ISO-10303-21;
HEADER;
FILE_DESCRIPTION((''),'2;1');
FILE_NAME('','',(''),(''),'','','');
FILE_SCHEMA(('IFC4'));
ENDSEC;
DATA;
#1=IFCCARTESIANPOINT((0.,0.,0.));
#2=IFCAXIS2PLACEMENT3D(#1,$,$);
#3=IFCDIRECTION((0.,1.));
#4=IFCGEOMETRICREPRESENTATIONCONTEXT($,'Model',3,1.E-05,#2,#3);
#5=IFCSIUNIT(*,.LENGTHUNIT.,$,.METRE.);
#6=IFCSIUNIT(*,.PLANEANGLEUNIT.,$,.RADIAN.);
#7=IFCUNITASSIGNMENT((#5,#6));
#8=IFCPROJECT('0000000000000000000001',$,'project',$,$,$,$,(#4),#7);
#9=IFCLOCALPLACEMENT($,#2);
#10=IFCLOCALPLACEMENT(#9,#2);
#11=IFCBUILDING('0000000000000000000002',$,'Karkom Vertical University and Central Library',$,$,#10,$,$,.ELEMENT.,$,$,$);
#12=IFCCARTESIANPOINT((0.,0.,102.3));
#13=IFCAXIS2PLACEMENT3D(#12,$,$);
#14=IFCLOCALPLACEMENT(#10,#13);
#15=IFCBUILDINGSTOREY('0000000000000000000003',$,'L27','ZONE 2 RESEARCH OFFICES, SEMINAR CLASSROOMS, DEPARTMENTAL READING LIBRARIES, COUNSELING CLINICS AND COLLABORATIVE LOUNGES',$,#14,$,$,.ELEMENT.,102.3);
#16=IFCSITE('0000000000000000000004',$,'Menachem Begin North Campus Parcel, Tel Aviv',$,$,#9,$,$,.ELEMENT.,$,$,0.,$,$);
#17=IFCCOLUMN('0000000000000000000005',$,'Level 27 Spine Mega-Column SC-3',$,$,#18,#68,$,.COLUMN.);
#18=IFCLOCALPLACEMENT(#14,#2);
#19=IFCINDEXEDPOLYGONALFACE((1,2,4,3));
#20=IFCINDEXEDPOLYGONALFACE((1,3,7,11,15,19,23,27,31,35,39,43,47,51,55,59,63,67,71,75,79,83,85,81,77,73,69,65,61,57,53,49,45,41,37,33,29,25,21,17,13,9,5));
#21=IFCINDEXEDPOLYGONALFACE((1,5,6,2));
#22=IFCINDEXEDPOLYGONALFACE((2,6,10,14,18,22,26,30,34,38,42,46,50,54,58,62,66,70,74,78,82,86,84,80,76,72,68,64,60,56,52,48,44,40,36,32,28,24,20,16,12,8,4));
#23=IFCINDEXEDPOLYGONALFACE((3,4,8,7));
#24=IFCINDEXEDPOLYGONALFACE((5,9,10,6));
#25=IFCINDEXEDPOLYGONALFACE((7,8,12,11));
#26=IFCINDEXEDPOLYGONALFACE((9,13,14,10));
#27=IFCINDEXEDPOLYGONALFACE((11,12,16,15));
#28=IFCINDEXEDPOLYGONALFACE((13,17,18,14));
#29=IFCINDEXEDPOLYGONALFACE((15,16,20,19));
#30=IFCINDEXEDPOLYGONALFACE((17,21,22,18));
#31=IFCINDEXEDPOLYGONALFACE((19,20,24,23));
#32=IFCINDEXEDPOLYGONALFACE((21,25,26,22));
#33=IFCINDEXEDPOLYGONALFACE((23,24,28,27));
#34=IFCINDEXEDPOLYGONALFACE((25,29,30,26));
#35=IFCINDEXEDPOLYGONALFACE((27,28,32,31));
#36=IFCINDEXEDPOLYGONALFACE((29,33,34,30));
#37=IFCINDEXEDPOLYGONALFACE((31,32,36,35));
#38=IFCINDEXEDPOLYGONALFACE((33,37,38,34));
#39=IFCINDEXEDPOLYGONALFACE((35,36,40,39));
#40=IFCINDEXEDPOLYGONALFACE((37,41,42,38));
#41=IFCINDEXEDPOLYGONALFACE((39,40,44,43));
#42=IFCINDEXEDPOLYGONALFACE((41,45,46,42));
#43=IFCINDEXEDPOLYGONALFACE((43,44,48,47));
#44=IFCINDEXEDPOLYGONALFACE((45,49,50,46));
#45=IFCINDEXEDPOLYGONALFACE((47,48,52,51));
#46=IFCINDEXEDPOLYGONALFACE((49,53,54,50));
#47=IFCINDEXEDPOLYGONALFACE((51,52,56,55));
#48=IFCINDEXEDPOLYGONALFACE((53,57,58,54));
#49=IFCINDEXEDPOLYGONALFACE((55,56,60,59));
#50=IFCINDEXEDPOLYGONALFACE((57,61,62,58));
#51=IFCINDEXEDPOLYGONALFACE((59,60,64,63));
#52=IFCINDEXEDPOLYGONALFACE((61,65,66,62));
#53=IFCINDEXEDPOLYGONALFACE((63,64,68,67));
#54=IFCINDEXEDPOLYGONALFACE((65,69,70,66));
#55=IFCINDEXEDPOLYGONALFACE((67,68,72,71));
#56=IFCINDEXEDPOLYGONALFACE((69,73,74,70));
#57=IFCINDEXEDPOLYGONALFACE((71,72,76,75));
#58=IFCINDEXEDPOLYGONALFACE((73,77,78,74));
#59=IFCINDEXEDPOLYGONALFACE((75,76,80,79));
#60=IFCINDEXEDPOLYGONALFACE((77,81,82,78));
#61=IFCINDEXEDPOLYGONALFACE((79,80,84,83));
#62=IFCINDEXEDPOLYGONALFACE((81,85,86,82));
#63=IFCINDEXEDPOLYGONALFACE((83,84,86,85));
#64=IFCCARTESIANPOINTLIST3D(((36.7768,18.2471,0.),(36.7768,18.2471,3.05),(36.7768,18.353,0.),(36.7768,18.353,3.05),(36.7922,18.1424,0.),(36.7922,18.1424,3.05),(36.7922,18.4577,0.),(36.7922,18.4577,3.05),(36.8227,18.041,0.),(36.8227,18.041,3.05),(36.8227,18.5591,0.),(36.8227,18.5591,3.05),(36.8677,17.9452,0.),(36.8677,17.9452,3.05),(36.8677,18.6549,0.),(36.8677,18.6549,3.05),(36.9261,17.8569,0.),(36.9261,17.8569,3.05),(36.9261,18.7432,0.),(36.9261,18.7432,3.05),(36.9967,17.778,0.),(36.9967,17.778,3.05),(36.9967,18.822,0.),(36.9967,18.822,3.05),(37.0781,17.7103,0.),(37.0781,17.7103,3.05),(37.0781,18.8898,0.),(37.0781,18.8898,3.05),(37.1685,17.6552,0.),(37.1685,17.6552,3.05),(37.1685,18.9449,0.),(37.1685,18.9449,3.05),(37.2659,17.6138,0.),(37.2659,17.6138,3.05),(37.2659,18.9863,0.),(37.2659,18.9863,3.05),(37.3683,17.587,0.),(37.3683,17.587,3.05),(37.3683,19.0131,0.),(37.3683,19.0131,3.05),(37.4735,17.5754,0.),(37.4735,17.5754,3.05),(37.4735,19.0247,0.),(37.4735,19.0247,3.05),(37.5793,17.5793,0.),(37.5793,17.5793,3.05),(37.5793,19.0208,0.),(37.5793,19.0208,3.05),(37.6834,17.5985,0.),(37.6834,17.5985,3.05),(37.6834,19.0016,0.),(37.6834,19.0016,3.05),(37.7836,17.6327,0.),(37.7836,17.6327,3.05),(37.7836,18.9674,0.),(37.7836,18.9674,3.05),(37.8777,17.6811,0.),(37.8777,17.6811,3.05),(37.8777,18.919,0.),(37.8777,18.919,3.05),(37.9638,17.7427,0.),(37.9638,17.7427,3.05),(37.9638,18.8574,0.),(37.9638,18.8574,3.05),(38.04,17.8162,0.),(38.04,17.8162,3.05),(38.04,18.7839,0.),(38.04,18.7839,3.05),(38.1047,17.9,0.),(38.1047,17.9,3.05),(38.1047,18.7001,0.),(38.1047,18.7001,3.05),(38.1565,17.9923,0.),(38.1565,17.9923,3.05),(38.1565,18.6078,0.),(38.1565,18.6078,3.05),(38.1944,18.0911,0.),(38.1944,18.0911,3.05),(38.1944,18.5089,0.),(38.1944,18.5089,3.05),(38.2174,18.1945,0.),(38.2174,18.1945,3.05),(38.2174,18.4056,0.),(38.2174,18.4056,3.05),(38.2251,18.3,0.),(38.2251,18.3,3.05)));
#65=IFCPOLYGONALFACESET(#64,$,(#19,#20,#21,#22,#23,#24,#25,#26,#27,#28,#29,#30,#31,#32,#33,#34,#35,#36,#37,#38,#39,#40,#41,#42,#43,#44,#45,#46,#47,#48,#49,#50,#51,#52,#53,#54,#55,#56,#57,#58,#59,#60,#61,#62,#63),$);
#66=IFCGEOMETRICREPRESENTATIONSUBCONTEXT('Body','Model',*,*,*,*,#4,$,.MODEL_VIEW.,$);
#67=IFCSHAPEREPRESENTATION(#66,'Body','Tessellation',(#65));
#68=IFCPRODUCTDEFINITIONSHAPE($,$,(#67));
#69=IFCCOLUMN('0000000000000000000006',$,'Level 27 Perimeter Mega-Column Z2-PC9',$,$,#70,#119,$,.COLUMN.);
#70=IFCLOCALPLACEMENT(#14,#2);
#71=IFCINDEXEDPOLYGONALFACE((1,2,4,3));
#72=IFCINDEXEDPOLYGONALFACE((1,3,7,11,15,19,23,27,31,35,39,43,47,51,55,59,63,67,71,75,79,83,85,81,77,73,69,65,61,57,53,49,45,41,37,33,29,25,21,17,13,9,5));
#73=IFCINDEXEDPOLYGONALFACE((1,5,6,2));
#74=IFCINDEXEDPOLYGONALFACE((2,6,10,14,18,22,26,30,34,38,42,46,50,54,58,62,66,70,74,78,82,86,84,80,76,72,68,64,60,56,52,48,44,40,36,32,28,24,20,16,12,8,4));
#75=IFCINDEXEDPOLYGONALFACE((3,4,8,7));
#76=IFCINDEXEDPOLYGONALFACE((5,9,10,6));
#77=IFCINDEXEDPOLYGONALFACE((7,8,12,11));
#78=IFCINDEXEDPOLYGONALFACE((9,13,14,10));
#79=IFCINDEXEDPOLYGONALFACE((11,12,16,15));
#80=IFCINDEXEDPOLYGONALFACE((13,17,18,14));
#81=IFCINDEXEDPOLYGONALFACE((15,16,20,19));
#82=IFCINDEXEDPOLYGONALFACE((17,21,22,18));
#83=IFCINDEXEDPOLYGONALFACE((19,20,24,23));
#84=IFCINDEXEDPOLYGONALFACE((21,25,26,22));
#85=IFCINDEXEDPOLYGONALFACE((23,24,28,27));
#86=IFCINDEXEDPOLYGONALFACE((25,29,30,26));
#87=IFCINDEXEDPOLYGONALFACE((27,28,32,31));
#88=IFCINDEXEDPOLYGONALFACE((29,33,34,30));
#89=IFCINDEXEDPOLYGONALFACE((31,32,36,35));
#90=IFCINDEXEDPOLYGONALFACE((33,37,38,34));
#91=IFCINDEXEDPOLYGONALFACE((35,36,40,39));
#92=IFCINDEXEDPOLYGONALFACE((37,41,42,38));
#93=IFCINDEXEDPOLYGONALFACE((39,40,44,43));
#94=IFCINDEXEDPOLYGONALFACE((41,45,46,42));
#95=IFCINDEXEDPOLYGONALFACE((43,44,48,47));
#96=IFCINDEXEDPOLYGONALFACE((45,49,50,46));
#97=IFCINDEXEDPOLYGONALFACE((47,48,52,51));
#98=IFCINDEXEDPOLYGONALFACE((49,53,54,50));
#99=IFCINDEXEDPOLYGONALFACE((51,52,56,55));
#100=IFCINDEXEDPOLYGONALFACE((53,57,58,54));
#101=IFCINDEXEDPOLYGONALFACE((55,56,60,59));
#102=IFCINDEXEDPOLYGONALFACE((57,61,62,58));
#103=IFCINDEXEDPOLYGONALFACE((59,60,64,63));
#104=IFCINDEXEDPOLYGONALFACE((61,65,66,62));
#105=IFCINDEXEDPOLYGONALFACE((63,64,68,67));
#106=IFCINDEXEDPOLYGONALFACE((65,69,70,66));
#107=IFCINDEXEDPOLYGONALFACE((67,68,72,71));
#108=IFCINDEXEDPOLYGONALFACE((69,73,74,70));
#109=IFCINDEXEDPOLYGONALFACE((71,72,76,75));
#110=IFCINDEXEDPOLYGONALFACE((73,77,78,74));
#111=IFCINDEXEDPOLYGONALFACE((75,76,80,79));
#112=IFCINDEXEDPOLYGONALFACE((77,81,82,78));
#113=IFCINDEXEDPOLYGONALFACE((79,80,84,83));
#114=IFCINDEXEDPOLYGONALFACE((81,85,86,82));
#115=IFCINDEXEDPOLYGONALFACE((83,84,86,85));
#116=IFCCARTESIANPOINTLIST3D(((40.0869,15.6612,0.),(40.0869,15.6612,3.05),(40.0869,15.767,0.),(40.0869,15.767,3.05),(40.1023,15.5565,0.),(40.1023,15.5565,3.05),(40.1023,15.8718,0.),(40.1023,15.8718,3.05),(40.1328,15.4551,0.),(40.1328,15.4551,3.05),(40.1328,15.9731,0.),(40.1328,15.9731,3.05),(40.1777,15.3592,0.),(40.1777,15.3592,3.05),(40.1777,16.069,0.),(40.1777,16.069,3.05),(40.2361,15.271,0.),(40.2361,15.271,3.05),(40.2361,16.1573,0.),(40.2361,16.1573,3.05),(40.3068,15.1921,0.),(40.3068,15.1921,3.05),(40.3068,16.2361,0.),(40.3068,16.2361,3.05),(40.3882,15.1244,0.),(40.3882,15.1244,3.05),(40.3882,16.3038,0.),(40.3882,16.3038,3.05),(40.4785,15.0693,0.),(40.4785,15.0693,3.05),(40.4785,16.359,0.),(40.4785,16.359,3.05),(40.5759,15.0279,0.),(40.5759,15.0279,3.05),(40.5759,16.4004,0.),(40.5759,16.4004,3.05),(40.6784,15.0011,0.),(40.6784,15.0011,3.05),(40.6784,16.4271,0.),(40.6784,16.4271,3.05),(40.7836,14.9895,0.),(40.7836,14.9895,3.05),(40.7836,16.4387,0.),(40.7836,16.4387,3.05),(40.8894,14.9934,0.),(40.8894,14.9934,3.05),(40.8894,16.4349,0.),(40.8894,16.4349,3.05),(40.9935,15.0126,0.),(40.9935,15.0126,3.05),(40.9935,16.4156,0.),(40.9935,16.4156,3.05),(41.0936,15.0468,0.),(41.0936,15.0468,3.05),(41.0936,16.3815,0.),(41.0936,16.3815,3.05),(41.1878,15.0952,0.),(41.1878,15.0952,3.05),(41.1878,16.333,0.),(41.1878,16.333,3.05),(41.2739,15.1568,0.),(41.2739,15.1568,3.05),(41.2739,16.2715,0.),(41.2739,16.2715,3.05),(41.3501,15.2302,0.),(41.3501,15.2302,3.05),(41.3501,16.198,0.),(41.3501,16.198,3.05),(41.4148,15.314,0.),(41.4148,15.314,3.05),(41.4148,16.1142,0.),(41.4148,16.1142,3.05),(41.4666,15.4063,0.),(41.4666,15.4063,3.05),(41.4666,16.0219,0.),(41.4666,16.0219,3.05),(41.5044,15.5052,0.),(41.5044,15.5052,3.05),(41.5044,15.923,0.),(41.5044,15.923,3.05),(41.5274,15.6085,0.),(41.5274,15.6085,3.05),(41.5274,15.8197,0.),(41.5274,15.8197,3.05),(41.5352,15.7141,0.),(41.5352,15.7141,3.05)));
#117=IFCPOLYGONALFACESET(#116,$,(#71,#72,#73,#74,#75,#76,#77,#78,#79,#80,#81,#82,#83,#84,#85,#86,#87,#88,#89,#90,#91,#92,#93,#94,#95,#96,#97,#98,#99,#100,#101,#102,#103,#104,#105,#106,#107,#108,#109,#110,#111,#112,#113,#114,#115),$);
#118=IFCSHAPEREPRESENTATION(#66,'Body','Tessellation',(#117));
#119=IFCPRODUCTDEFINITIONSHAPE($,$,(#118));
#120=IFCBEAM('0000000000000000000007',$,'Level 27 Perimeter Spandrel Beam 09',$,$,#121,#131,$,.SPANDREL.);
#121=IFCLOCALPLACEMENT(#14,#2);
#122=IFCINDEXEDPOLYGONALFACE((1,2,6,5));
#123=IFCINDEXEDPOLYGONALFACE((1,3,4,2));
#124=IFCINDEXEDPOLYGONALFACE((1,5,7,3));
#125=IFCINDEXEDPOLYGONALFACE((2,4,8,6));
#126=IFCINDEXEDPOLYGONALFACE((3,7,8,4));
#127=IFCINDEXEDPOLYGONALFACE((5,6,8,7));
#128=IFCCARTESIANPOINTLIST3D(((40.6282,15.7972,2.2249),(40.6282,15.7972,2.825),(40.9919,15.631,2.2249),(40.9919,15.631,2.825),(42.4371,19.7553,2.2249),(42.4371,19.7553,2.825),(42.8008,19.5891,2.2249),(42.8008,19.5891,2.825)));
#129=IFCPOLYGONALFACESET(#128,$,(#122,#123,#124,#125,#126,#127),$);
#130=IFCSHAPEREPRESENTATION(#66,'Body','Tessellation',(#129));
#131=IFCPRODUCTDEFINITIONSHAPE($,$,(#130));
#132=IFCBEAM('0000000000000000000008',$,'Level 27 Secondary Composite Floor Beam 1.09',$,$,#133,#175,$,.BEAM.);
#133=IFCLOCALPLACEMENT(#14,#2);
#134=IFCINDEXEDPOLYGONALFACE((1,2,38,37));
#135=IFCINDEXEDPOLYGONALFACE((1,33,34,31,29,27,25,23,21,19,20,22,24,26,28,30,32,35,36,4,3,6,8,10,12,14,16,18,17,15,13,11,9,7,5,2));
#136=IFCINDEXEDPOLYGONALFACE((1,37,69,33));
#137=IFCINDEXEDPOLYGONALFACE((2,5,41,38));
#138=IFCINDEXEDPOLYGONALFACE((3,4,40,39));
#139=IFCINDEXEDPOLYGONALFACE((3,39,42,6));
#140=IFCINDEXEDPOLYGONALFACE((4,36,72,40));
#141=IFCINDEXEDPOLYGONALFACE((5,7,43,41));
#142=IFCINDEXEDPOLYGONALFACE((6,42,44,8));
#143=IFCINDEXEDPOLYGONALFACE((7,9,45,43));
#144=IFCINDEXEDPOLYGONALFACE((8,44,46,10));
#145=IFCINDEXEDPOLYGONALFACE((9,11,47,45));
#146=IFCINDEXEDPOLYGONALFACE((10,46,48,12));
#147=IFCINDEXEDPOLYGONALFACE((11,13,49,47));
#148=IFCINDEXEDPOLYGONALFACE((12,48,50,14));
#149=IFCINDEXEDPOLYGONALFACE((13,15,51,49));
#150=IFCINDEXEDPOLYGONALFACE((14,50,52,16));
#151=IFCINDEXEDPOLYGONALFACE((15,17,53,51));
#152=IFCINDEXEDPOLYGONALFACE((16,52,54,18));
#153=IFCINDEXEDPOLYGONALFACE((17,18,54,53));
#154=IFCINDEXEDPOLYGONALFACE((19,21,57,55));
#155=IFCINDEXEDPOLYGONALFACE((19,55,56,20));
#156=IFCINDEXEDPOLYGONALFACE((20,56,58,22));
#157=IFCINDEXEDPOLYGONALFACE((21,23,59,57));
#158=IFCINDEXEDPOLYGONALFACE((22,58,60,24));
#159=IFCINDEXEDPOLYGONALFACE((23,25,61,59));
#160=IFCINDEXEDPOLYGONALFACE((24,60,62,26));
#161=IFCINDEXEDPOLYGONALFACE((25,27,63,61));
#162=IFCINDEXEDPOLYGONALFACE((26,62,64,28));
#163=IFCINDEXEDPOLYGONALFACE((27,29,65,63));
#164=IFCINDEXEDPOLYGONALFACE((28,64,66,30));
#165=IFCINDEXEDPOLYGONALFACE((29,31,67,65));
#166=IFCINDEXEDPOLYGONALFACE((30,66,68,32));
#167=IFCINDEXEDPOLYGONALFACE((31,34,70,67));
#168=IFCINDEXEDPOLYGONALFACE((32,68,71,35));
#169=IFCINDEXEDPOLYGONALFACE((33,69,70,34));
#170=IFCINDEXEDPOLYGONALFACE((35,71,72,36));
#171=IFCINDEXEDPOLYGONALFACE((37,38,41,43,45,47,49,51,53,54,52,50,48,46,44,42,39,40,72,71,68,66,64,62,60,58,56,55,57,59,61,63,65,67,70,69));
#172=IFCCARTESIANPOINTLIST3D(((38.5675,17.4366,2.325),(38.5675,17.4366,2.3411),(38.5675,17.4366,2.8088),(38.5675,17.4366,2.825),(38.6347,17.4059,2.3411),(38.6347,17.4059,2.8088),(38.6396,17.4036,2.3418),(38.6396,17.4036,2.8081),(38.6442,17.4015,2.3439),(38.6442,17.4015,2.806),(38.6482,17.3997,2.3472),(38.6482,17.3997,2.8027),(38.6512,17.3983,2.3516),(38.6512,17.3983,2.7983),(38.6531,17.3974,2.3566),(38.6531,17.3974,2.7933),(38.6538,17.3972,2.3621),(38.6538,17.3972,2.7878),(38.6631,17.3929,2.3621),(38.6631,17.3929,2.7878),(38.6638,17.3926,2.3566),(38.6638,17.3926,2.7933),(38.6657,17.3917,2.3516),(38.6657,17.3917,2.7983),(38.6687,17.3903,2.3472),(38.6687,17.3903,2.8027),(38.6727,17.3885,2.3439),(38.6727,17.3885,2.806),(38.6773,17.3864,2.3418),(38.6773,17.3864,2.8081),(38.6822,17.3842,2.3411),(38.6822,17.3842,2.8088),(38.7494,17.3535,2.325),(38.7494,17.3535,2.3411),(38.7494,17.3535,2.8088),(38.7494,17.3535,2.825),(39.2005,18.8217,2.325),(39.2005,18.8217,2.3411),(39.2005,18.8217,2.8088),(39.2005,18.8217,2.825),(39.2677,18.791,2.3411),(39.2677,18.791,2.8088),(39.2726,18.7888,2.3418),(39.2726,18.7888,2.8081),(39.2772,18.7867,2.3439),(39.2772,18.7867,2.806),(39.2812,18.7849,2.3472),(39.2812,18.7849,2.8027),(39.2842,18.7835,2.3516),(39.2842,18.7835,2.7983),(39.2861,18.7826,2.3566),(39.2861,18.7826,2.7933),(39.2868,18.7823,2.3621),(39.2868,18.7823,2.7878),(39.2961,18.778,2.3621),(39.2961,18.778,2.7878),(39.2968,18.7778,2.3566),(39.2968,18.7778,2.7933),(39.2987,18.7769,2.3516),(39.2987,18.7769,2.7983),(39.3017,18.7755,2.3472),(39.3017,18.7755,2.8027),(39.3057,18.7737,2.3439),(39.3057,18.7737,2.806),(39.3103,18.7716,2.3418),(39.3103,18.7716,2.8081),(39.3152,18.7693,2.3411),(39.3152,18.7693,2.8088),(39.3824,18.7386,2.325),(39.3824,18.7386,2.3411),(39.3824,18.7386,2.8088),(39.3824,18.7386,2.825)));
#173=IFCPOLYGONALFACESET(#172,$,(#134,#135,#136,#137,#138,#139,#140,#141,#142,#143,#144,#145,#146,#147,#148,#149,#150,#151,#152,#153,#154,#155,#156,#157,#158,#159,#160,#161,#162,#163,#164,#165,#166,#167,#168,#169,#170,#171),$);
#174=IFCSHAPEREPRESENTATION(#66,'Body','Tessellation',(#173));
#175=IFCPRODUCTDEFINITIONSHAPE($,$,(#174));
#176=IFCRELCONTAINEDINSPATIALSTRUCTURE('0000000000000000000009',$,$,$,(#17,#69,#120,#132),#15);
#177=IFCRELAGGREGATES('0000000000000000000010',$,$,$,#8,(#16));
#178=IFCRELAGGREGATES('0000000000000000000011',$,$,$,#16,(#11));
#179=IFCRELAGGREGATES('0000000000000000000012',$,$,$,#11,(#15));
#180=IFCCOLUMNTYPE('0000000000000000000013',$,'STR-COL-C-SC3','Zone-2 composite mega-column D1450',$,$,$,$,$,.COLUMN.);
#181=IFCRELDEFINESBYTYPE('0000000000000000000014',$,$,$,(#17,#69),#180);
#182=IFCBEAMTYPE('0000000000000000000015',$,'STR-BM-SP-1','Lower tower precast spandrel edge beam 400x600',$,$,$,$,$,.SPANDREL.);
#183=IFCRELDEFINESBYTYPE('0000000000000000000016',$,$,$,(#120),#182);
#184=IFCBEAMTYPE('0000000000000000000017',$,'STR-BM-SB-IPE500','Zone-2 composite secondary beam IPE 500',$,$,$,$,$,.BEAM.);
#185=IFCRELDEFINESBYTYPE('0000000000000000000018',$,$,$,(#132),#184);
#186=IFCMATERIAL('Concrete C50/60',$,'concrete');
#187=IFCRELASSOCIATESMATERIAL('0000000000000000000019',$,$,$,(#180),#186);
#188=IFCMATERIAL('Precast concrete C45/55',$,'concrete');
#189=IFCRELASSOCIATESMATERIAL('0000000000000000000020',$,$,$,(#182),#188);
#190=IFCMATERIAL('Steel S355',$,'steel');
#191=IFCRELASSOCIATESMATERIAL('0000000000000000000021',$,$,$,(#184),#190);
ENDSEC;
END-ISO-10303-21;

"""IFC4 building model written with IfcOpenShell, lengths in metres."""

from ifc_helpers import new_model, si_unit, direction, frame, origin, origin_with_axes, origin_2d, place, context, subcontext, project, spatial, rectangle, circle, i_section, extrude, source, transform, mapped, material, material_profile, profile_set, type_object, element, save


model = new_model("IFC4")

# Units and contexts
model_context = context("Model", 3, precision=1e-05, world=origin(), true_north=direction((0.0, 1.0)))
body_context = subcontext(model_context, "Body", "Model", "MODEL_VIEW")
ifc_project = project(units=[si_unit("LENGTHUNIT", "METRE"), si_unit("PLANEANGLEUNIT", "RADIAN")], contexts=[model_context])

# Site, building, storey
site_placement = place(None, origin())
site = spatial("IfcSite", under=ifc_project, at=site_placement, Name="Menachem Begin North Campus Parcel, Tel Aviv", CompositionType="ELEMENT", RefElevation=0.0)
building_placement = place(site_placement, origin())
building = spatial("IfcBuilding", under=site, at=building_placement, Name="Karkom Vertical University and Central Library", CompositionType="ELEMENT")
storey_placement = place(building_placement, frame((0.0, 0.0, 102.3)))
storey = spatial("IfcBuildingStorey", under=building, at=storey_placement, Name="L27", Description="ZONE 2 RESEARCH OFFICES, SEMINAR CLASSROOMS, DEPARTMENTAL READING LIBRARIES, COUNSELING CLINICS AND COLLABORATIVE LOUNGES", CompositionType="ELEMENT", Elevation=102.3)

# Columns
ifc_material_1 = material(Name="Concrete C50/60", Category="concrete")
ifc_material_profile_1 = material_profile(ifc_material_1, circle(Radius=0.7251, at=origin_2d()), Name="CFT-D1450")
ifc_profile_set_1 = profile_set([ifc_material_profile_1], Name="Concrete C50/60")
column_type = type_object("IfcColumnType", Name="STR-COL-C-SC3", Description="Zone-2 composite mega-column D1450", PredefinedType="COLUMN", material=ifc_profile_set_1)
shared_shape_1 = source(origin_with_axes(), body_context, "Body", "SweptSolid", [
    extrude(circle(Radius=0.7251, at=origin_2d()), origin(), (0.0, 0.0, 1.0), 3.05),
])
for number, where, z_axis, x_axis, name in (
    (1, (37.5, 18.3, 0.0), (0.0, 0.0, 1.0), (1.0, 0.0, 0.0), "Level 27 Spine Mega-Column SC-3"),
    (2, (40.8101, 15.7141, 0.0), (0.0, 0.0, 1.0), (1.0, 0.0, 0.0), "Level 27 Perimeter Mega-Column Z2-PC9"),
):
    element("IfcColumn", number, at=place(storey_placement, frame(where, z_axis=z_axis, x_axis=x_axis)), inside=storey, type_object=column_type, Name=name, PredefinedType="COLUMN", context=body_context, shape_type="MappedRepresentation", body=[
        mapped(shared_shape_1, transform((0.0, 0.0, 0.0), scale=1.0)),
    ])

# Beams
ifc_material_2 = material(Name="Precast concrete C45/55", Category="concrete")
ifc_material_profile_2 = material_profile(ifc_material_2, rectangle(XDim=0.3999, YDim=0.6001, at=origin_2d()), Name="SPB-400x600")
ifc_profile_set_2 = profile_set([ifc_material_profile_2], Name="Precast concrete C45/55")
beam_type_1 = type_object("IfcBeamType", Name="STR-BM-SP-1", Description="Lower tower precast spandrel edge beam 400x600", PredefinedType="SPANDREL", material=ifc_profile_set_2)
shared_shape_2 = source(origin_with_axes(), body_context, "Body", "SweptSolid", [
    extrude(rectangle(XDim=0.3999, YDim=0.6001, at=origin_2d()), origin(), (0.0, 0.0, 1.0), 4.3518),
])
beam_1_placement = place(storey_placement, frame((40.8101, 15.7141, 2.5249), z_axis=(0.415658, 0.909521, 0.0), x_axis=(-0.909521, 0.415658, 0.0)))
element("IfcBeam", 3, at=beam_1_placement, inside=storey, type_object=beam_type_1, Name="Level 27 Perimeter Spandrel Beam 09", PredefinedType="SPANDREL", context=body_context, shape_type="MappedRepresentation", body=[
    mapped(shared_shape_2, transform((0.0, 0.0, 0.0), scale=1.0)),
])
ifc_material_3 = material(Name="Steel S355", Category="steel")
ifc_material_profile_3 = material_profile(ifc_material_3, i_section(OverallWidth=0.2, OverallDepth=0.5, WebThickness=0.0103, FlangeThickness=0.0161, FilletRadius=0.021, at=origin_2d()), Name="IPE 500")
ifc_profile_set_3 = profile_set([ifc_material_profile_3], Name="Steel S355")
beam_type_2 = type_object("IfcBeamType", Name="STR-BM-SB-IPE500", Description="Zone-2 composite secondary beam IPE 500", PredefinedType="BEAM", material=ifc_profile_set_3)
shared_shape_3 = source(origin_with_axes(), body_context, "Body", "SweptSolid", [
    extrude(i_section(OverallWidth=0.2, OverallDepth=0.5, WebThickness=0.0103, FlangeThickness=0.0161, FilletRadius=0.021, at=origin_2d()), origin(), (0.0, 0.0, 1.0), 1.5229),
])
beam_2_placement = place(storey_placement, frame((38.6584, 17.395, 2.575), z_axis=(0.41565, 0.909525, 0.0), x_axis=(-0.909525, 0.41565, 0.0)))
element("IfcBeam", 4, at=beam_2_placement, inside=storey, type_object=beam_type_2, Name="Level 27 Secondary Composite Floor Beam 1.09", PredefinedType="BEAM", context=body_context, shape_type="MappedRepresentation", body=[
    mapped(shared_shape_3, transform((0.0, 0.0, 0.0), scale=1.0)),
])

save(model, "model.ifc")
